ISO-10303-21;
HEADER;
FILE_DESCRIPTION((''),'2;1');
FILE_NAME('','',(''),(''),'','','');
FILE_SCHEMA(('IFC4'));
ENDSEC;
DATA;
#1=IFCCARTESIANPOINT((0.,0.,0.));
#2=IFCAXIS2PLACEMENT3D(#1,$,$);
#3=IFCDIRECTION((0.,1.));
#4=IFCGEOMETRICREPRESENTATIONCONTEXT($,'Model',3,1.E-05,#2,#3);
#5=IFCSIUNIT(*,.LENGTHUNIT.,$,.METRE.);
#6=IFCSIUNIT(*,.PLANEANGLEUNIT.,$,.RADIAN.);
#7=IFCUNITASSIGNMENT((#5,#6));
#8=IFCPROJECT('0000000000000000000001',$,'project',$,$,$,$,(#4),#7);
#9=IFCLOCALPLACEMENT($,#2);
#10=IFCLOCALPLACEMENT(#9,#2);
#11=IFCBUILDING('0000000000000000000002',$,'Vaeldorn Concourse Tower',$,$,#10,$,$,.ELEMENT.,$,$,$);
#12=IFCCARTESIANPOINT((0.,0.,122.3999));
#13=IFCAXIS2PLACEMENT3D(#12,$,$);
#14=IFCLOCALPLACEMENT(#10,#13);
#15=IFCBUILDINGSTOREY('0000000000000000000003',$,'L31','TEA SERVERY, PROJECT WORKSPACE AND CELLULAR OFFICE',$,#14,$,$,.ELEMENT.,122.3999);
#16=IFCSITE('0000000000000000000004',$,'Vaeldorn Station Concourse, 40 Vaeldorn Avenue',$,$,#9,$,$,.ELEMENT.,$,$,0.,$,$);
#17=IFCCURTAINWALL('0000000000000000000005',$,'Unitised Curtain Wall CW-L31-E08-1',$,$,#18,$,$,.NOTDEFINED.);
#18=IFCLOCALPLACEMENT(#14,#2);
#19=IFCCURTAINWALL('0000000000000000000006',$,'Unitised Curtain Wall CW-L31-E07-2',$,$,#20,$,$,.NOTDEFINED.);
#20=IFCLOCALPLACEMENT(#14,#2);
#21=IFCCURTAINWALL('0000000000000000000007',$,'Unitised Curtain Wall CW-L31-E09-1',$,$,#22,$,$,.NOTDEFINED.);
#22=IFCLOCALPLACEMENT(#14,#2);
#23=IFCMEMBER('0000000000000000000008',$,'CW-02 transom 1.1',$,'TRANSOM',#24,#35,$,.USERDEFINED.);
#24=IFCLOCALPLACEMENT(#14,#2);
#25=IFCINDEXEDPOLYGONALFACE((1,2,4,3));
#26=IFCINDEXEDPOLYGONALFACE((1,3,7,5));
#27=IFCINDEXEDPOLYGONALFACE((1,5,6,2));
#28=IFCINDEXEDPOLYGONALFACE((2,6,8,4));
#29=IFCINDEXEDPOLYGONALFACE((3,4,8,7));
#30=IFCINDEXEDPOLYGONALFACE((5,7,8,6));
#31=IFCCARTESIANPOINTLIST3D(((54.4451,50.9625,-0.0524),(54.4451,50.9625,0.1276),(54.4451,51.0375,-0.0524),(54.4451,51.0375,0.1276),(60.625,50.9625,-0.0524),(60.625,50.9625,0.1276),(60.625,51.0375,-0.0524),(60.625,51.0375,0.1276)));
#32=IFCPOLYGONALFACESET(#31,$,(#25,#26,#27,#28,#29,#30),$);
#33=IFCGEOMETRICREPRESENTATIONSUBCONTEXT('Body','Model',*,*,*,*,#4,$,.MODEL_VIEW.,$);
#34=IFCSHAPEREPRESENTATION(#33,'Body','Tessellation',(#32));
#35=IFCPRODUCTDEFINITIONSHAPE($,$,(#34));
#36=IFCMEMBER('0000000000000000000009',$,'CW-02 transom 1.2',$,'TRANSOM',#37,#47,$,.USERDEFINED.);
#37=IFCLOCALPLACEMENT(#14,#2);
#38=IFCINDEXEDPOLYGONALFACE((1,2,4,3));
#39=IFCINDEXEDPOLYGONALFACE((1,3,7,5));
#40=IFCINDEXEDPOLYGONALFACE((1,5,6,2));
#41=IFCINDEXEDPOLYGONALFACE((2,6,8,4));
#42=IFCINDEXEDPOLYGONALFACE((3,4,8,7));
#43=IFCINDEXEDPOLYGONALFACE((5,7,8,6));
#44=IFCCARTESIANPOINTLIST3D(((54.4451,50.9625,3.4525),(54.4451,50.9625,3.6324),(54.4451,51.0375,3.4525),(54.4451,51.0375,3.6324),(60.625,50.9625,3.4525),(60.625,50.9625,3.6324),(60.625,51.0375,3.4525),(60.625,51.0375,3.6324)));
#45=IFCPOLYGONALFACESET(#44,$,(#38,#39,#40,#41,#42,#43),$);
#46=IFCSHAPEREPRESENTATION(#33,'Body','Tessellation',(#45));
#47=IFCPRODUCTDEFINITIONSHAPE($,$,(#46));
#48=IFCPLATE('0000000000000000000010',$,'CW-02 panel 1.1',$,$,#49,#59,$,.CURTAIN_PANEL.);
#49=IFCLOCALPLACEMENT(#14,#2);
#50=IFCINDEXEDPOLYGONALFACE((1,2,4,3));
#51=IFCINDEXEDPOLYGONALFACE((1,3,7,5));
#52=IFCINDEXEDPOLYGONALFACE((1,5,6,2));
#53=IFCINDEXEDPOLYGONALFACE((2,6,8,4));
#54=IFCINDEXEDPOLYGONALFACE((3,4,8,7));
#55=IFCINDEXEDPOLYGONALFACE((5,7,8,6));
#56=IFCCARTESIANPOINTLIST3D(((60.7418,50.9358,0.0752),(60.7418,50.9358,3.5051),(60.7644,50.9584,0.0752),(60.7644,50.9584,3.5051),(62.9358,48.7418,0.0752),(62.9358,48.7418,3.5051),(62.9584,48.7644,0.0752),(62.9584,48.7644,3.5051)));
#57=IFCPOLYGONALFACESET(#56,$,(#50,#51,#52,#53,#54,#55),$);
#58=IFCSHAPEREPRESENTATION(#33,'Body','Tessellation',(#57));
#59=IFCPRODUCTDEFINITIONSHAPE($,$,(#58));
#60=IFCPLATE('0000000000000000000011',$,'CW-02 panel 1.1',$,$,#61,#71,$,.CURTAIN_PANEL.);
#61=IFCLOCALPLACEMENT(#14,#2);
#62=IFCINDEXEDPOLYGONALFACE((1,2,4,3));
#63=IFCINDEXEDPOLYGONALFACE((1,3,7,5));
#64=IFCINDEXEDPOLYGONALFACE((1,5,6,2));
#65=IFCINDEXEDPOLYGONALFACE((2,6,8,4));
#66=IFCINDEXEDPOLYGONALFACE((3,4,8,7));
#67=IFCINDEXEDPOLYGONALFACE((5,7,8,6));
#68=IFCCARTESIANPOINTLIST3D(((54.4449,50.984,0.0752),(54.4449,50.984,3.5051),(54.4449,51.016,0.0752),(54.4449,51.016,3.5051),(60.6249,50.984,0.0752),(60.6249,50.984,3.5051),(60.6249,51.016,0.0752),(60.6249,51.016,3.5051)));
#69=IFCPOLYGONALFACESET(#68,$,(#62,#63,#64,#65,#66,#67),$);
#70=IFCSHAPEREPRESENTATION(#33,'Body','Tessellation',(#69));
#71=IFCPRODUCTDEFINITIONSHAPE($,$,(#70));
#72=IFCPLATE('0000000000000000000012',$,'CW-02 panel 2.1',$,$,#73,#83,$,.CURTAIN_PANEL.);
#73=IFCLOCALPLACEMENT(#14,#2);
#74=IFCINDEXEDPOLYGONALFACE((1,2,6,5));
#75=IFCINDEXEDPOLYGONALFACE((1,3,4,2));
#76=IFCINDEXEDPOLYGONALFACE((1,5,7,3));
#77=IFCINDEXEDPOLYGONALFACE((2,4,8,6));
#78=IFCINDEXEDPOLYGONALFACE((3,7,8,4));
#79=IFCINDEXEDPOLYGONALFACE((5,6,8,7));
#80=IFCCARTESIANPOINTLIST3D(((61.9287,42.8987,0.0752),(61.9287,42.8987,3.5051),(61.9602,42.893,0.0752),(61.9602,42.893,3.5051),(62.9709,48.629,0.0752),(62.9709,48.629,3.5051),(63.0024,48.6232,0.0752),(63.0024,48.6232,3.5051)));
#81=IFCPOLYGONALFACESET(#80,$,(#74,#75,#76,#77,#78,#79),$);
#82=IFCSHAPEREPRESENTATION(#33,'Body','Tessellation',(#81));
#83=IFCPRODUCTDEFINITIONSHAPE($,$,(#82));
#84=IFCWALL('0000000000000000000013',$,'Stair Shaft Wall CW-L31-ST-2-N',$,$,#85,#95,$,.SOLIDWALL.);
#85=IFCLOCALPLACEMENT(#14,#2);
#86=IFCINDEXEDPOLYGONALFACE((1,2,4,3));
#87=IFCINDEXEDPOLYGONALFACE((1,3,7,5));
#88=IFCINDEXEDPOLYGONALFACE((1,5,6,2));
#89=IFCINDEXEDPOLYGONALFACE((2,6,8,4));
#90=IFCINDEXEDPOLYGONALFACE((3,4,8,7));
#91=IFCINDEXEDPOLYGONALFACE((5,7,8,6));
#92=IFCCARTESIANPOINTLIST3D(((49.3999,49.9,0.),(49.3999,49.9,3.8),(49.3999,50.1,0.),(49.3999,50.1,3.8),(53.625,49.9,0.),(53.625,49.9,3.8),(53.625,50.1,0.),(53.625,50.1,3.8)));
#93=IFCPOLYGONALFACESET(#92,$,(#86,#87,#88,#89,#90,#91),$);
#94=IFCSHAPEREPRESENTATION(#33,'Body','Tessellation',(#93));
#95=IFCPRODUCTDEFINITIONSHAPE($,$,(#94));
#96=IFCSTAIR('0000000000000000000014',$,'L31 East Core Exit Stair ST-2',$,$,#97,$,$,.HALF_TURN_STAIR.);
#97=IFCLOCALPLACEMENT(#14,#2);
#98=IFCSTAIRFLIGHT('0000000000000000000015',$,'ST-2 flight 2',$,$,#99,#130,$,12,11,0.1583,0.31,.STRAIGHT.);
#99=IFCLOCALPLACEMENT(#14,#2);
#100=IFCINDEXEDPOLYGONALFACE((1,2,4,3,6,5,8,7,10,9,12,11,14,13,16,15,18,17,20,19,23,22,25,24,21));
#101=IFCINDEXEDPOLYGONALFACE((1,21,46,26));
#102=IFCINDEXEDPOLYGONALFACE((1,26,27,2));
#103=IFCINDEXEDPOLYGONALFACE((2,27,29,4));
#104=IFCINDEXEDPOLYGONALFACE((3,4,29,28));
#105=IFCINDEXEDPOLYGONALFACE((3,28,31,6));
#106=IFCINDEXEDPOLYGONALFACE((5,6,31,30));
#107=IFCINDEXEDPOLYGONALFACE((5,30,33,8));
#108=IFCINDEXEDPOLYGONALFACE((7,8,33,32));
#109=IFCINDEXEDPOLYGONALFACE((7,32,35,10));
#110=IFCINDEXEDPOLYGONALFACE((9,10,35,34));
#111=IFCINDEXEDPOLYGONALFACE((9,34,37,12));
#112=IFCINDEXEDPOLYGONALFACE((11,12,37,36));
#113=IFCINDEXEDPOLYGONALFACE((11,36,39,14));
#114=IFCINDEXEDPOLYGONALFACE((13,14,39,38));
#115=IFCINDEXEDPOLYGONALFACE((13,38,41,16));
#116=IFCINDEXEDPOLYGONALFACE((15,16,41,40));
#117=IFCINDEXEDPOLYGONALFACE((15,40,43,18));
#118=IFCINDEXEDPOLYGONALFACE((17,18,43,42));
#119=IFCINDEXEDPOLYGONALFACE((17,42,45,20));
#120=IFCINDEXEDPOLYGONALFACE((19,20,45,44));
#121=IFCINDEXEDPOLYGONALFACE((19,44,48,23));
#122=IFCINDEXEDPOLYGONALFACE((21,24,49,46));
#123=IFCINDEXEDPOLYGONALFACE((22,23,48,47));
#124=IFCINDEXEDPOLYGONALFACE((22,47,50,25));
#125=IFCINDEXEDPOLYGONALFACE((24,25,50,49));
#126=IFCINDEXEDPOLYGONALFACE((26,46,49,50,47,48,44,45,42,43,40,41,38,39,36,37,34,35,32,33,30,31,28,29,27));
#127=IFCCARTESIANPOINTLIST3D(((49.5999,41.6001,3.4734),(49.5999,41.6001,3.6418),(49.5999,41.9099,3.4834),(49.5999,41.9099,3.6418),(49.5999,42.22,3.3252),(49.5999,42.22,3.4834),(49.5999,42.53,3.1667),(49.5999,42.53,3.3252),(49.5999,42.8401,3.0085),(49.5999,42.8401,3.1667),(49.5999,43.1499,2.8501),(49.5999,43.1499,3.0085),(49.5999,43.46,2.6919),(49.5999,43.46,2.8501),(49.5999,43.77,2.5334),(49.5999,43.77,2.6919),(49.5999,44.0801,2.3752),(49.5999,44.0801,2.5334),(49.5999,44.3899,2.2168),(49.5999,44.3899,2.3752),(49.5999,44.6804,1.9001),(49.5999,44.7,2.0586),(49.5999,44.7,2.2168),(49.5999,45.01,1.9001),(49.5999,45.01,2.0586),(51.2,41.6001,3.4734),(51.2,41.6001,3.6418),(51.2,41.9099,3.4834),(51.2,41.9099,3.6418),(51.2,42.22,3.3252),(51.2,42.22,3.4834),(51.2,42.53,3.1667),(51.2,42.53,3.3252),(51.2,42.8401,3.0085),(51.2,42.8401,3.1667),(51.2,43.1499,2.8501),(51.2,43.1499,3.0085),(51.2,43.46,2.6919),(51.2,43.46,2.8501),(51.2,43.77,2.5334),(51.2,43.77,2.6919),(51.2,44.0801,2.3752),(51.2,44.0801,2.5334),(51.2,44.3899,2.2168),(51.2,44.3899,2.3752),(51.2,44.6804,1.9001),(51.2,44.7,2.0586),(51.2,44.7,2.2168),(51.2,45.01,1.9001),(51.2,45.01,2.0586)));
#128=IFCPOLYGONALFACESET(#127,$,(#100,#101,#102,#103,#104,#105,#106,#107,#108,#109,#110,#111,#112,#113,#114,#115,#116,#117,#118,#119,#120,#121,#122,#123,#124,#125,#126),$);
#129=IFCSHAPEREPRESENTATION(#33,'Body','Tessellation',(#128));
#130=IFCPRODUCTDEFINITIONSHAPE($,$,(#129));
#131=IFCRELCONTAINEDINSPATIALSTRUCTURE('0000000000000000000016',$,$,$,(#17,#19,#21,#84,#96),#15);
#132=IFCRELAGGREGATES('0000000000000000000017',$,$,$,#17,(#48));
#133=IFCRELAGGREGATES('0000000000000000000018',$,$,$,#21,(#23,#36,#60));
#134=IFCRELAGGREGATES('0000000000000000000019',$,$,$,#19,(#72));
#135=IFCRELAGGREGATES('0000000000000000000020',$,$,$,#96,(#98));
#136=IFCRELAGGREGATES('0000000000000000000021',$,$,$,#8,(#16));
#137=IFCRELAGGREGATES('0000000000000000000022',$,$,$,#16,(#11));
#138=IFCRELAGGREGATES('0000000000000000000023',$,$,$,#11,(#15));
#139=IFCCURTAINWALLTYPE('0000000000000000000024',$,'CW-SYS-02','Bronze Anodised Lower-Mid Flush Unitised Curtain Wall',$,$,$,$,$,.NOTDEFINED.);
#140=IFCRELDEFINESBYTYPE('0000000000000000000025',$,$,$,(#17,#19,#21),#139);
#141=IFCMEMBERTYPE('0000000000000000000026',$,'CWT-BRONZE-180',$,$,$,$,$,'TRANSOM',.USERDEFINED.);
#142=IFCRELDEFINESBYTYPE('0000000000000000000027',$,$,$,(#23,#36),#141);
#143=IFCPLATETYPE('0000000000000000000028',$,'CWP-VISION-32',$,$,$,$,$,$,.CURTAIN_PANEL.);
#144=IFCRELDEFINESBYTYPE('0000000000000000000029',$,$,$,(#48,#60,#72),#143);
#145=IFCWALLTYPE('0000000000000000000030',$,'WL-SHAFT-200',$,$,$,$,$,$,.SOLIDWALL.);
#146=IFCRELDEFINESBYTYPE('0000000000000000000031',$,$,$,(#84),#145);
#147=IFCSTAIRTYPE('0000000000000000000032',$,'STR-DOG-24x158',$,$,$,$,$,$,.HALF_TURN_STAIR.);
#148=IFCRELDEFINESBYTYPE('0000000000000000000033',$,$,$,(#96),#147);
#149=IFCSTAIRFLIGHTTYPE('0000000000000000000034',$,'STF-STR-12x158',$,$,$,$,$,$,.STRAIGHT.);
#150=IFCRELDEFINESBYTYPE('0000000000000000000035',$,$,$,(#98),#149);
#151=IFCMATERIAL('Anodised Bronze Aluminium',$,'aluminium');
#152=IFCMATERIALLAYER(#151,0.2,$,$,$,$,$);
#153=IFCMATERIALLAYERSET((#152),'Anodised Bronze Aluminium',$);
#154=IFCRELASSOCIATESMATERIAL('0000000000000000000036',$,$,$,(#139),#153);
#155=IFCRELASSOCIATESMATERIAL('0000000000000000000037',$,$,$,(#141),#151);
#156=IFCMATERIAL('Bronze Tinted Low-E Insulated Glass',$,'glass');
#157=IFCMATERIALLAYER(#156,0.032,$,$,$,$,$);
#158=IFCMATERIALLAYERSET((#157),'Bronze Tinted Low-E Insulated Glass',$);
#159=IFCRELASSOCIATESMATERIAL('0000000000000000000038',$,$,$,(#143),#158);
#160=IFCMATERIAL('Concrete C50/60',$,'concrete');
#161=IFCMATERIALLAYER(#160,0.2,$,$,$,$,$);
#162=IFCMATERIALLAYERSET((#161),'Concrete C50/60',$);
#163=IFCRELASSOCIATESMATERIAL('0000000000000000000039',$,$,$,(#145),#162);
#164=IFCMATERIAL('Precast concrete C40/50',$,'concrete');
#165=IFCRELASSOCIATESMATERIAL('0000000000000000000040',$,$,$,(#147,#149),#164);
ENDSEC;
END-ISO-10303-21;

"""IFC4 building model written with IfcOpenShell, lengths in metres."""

from ifc_helpers import new_model, si_unit, direction, frame, frame_2d, origin, origin_2d, place, context, subcontext, project, spatial, polyline, rectangle, outline, extrude, source, transform, mapped, material, layer, layer_set, material_profile, profile_set, type_object, element, aggregate, save


model = new_model("IFC4")

# Units and contexts
model_context = context("Model", 3, precision=1e-05, world=origin(), true_north=direction((0.0, 1.0)))
body_context = subcontext(model_context, "Body", "Model", "MODEL_VIEW")
ifc_project = project(units=[si_unit("LENGTHUNIT", "METRE"), si_unit("PLANEANGLEUNIT", "RADIAN")], contexts=[model_context])

# Site, building, storey
site_placement = place(None, origin())
site = spatial("IfcSite", under=ifc_project, at=site_placement, Name="Vaeldorn Station Concourse, 40 Vaeldorn Avenue", CompositionType="ELEMENT", RefElevation=0.0)
building_placement = place(site_placement, origin())
building = spatial("IfcBuilding", under=site, at=building_placement, Name="Vaeldorn Concourse Tower", CompositionType="ELEMENT")
storey_placement = place(building_placement, frame((0.0, 0.0, 122.3999)))
storey = spatial("IfcBuildingStorey", under=building, at=storey_placement, Name="L31", Description="TEA SERVERY, PROJECT WORKSPACE AND CELLULAR OFFICE", CompositionType="ELEMENT", Elevation=122.3999)

# Curtain wall
ifc_material_1 = material(Name="Anodised Bronze Aluminium", Category="aluminium")
ifc_layer_1 = layer(ifc_material_1, 0.2)
ifc_layer_set_1 = layer_set([ifc_layer_1], Name="Anodised Bronze Aluminium")
curtain_wall_type = type_object("IfcCurtainWallType", Name="CW-SYS-02", Description="Bronze Anodised Lower-Mid Flush Unitised Curtain Wall", PredefinedType="NOTDEFINED", material=ifc_layer_set_1)
curtain_wall_1_placement = place(storey_placement, origin())
curtain_wall_1 = element("IfcCurtainWall", 1, at=curtain_wall_1_placement, inside=storey, type_object=curtain_wall_type, Name="Unitised Curtain Wall CW-L31-E08-1", PredefinedType="NOTDEFINED")
ifc_material_profile_1 = material_profile(ifc_material_1, rectangle(XDim=0.075, YDim=0.1799, at=origin_2d()), Name="CWT 75x180")
ifc_profile_set_1 = profile_set([ifc_material_profile_1], Name="Anodised Bronze Aluminium")
member_type_1 = type_object("IfcMemberType", Name="CWT-BRONZE-180", ElementType="TRANSOM", PredefinedType="USERDEFINED", material=ifc_profile_set_1)

# Curtain wall
curtain_wall_2_placement = place(storey_placement, origin())
curtain_wall_2 = element("IfcCurtainWall", 2, at=curtain_wall_2_placement, inside=storey, type_object=curtain_wall_type, Name="Unitised Curtain Wall CW-L31-E07-2", PredefinedType="NOTDEFINED")

# Curtain wall, members
curtain_wall_3_placement = place(storey_placement, origin())
curtain_wall_3 = element("IfcCurtainWall", 3, at=curtain_wall_3_placement, inside=storey, type_object=curtain_wall_type, Name="Unitised Curtain Wall CW-L31-E09-1", PredefinedType="NOTDEFINED")
shared_shape_1 = source(origin(), body_context, "Body", "SweptSolid", [
    extrude(rectangle(XDim=0.075, YDim=0.1799, at=origin_2d()), origin(), (0.0, 0.0, 1.0), 6.1799),
])
member_1_placement = place(storey_placement, frame((60.625, 51.0, 0.0376), z_axis=(-1.0, 0.0, 0.0), x_axis=(0.0, -1.0, 0.0)))
member_1 = element("IfcMember", 4, at=member_1_placement, type_object=member_type_1, Name="CW-02 transom 1.1", ObjectType="TRANSOM", PredefinedType="USERDEFINED", context=body_context, shape_type="MappedRepresentation", body=[
    mapped(shared_shape_1, transform((0.0, 0.0, 0.0), scale=1.0)),
])
member_2_placement = place(storey_placement, frame((60.625, 51.0, 3.5425), z_axis=(-1.0, 0.0, 0.0), x_axis=(0.0, -1.0, 0.0)))
member_2 = element("IfcMember", 5, at=member_2_placement, type_object=member_type_1, Name="CW-02 transom 1.2", ObjectType="TRANSOM", PredefinedType="USERDEFINED", context=body_context, shape_type="MappedRepresentation", body=[
    mapped(shared_shape_1, transform((0.0, 0.0, 0.0), scale=1.0)),
])

# Plates
ifc_material_2 = material(Name="Bronze Tinted Low-E Insulated Glass", Category="glass")
ifc_layer_2 = layer(ifc_material_2, 0.032)
ifc_layer_set_2 = layer_set([ifc_layer_2], Name="Bronze Tinted Low-E Insulated Glass")
plate_type = type_object("IfcPlateType", Name="CWP-VISION-32", PredefinedType="CURTAIN_PANEL", material=ifc_layer_set_2)
shared_shape_2 = source(origin(), body_context, "Body", "SweptSolid", [
    extrude(rectangle(XDim=3.1028, YDim=0.032, at=origin_2d()), origin(), (0.0, 0.0, 1.0), 3.4299),
])
plate_1_placement = place(storey_placement, frame((61.8501, 49.8501, 0.0752), z_axis=(0.0, 0.0, 1.0), x_axis=(-0.707107, 0.707107, 0.0)))
plate_1 = element("IfcPlate", 6, at=plate_1_placement, type_object=plate_type, Name="CW-02 panel 1.1", PredefinedType="CURTAIN_PANEL", context=body_context, shape_type="MappedRepresentation", body=[
    mapped(shared_shape_2, transform((0.0, 0.0, 0.0), scale=1.0)),
])
aggregate(curtain_wall_1, [plate_1])
shared_shape_3 = source(origin(), body_context, "Body", "SweptSolid", [
    extrude(rectangle(XDim=6.1799, YDim=0.032, at=origin_2d()), origin(), (0.0, 0.0, 1.0), 3.4299),
])
plate_2_placement = place(storey_placement, frame((57.5349, 51.0, 0.0752), z_axis=(0.0, 0.0, 1.0), x_axis=(-1.0, 0.0, 0.0)))
plate_2 = element("IfcPlate", 7, at=plate_2_placement, type_object=plate_type, Name="CW-02 panel 1.1", PredefinedType="CURTAIN_PANEL", context=body_context, shape_type="MappedRepresentation", body=[
    mapped(shared_shape_3, transform((0.0, 0.0, 0.0), scale=1.0)),
])
aggregate(curtain_wall_3, [member_1, member_2, plate_2])
shared_shape_4 = source(origin(), body_context, "Body", "SweptSolid", [
    extrude(rectangle(XDim=5.8242, YDim=0.032, at=origin_2d()), origin(), (0.0, 0.0, 1.0), 3.4299),
])
plate_3_placement = place(storey_placement, frame((62.4656, 45.761, 0.0752), z_axis=(0.0, 0.0, 1.0), x_axis=(0.178943, 0.98386, 0.0)))
plate_3 = element("IfcPlate", 8, at=plate_3_placement, type_object=plate_type, Name="CW-02 panel 2.1", PredefinedType="CURTAIN_PANEL", context=body_context, shape_type="MappedRepresentation", body=[
    mapped(shared_shape_4, transform((0.0, 0.0, 0.0), scale=1.0)),
])
aggregate(curtain_wall_2, [plate_3])

# Wall
ifc_material_3 = material(Name="Concrete C50/60", Category="concrete")
ifc_layer_3 = layer(ifc_material_3, 0.2)
ifc_layer_set_3 = layer_set([ifc_layer_3], Name="Concrete C50/60")
wall_type = type_object("IfcWallType", Name="WL-SHAFT-200", PredefinedType="SOLIDWALL", material=ifc_layer_set_3)
wall_placement = place(storey_placement, frame((49.3999, 50.0, 0.0), z_axis=(0.0, 0.0, 1.0), x_axis=(1.0, 0.0, 0.0)))
element("IfcWall", 9, at=wall_placement, inside=storey, type_object=wall_type, Name="Stair Shaft Wall CW-L31-ST-2-N", PredefinedType="SOLIDWALL", context=body_context, shape_type="SweptSolid", body=[
    extrude(rectangle(XDim=4.2251, YDim=0.2, at=frame_2d((2.1125, 0.0))), origin(), (0.0, 0.0, 1.0), 3.8),
])

# Stair, stair flight
ifc_material_4 = material(Name="Precast concrete C40/50", Category="concrete")
stair_type = type_object("IfcStairType", Name="STR-DOG-24x158", PredefinedType="HALF_TURN_STAIR", material=ifc_material_4)
stair_placement = place(storey_placement, origin())
stair = element("IfcStair", 10, at=stair_placement, inside=storey, type_object=stair_type, Name="L31 East Core Exit Stair ST-2", PredefinedType="HALF_TURN_STAIR")
stair_flight_type = type_object("IfcStairFlightType", Name="STF-STR-12x158", PredefinedType="STRAIGHT", material=ifc_material_4)
stair_flight_placement = place(storey_placement, frame((50.3999, 45.01, 1.9001), z_axis=(0.0, 0.0, 1.0), x_axis=(0.0, -1.0, 0.0)))
stair_flight = element("IfcStairFlight", 11, at=stair_flight_placement, type_object=stair_flight_type, Name="ST-2 flight 2", NumberOfRisers=12, NumberOfTreads=11, PredefinedType="STRAIGHT", RiserHeight=0.1583, TreadLength=0.31, context=body_context, shape_type="SweptSolid", body=[
    extrude(outline(polyline([(0.0, 0.0), (0.0, 0.1584), (0.3101, 0.1584), (0.3101, 0.3167), (0.6201, 0.3167), (0.6201, 0.4751), (0.9299, 0.4751), (0.9299, 0.6333), (1.24, 0.6333), (1.24, 0.7917), (1.55, 0.7917), (1.55, 0.95), (1.8601, 0.95), (1.8601, 1.1084), (2.1699, 1.1084), (2.1699, 1.2666), (2.48, 1.2666), (2.48, 1.425), (2.79, 1.425), (2.79, 1.5833), (3.1001, 1.5833), (3.1001, 1.7417), (3.4099, 1.7417), (3.4099, 1.8999), (3.4099, 1.5732), (0.3296, 0.0), (0.0, 0.0)])), frame((0.0, 0.8, 0.0), z_axis=(0.0, -1.0, 0.0), x_axis=(1.0, 0.0, 0.0)), (0.0, 0.0, 1.0), 1.6001),
])
aggregate(stair, [stair_flight])

save(model, "model.ifc")
